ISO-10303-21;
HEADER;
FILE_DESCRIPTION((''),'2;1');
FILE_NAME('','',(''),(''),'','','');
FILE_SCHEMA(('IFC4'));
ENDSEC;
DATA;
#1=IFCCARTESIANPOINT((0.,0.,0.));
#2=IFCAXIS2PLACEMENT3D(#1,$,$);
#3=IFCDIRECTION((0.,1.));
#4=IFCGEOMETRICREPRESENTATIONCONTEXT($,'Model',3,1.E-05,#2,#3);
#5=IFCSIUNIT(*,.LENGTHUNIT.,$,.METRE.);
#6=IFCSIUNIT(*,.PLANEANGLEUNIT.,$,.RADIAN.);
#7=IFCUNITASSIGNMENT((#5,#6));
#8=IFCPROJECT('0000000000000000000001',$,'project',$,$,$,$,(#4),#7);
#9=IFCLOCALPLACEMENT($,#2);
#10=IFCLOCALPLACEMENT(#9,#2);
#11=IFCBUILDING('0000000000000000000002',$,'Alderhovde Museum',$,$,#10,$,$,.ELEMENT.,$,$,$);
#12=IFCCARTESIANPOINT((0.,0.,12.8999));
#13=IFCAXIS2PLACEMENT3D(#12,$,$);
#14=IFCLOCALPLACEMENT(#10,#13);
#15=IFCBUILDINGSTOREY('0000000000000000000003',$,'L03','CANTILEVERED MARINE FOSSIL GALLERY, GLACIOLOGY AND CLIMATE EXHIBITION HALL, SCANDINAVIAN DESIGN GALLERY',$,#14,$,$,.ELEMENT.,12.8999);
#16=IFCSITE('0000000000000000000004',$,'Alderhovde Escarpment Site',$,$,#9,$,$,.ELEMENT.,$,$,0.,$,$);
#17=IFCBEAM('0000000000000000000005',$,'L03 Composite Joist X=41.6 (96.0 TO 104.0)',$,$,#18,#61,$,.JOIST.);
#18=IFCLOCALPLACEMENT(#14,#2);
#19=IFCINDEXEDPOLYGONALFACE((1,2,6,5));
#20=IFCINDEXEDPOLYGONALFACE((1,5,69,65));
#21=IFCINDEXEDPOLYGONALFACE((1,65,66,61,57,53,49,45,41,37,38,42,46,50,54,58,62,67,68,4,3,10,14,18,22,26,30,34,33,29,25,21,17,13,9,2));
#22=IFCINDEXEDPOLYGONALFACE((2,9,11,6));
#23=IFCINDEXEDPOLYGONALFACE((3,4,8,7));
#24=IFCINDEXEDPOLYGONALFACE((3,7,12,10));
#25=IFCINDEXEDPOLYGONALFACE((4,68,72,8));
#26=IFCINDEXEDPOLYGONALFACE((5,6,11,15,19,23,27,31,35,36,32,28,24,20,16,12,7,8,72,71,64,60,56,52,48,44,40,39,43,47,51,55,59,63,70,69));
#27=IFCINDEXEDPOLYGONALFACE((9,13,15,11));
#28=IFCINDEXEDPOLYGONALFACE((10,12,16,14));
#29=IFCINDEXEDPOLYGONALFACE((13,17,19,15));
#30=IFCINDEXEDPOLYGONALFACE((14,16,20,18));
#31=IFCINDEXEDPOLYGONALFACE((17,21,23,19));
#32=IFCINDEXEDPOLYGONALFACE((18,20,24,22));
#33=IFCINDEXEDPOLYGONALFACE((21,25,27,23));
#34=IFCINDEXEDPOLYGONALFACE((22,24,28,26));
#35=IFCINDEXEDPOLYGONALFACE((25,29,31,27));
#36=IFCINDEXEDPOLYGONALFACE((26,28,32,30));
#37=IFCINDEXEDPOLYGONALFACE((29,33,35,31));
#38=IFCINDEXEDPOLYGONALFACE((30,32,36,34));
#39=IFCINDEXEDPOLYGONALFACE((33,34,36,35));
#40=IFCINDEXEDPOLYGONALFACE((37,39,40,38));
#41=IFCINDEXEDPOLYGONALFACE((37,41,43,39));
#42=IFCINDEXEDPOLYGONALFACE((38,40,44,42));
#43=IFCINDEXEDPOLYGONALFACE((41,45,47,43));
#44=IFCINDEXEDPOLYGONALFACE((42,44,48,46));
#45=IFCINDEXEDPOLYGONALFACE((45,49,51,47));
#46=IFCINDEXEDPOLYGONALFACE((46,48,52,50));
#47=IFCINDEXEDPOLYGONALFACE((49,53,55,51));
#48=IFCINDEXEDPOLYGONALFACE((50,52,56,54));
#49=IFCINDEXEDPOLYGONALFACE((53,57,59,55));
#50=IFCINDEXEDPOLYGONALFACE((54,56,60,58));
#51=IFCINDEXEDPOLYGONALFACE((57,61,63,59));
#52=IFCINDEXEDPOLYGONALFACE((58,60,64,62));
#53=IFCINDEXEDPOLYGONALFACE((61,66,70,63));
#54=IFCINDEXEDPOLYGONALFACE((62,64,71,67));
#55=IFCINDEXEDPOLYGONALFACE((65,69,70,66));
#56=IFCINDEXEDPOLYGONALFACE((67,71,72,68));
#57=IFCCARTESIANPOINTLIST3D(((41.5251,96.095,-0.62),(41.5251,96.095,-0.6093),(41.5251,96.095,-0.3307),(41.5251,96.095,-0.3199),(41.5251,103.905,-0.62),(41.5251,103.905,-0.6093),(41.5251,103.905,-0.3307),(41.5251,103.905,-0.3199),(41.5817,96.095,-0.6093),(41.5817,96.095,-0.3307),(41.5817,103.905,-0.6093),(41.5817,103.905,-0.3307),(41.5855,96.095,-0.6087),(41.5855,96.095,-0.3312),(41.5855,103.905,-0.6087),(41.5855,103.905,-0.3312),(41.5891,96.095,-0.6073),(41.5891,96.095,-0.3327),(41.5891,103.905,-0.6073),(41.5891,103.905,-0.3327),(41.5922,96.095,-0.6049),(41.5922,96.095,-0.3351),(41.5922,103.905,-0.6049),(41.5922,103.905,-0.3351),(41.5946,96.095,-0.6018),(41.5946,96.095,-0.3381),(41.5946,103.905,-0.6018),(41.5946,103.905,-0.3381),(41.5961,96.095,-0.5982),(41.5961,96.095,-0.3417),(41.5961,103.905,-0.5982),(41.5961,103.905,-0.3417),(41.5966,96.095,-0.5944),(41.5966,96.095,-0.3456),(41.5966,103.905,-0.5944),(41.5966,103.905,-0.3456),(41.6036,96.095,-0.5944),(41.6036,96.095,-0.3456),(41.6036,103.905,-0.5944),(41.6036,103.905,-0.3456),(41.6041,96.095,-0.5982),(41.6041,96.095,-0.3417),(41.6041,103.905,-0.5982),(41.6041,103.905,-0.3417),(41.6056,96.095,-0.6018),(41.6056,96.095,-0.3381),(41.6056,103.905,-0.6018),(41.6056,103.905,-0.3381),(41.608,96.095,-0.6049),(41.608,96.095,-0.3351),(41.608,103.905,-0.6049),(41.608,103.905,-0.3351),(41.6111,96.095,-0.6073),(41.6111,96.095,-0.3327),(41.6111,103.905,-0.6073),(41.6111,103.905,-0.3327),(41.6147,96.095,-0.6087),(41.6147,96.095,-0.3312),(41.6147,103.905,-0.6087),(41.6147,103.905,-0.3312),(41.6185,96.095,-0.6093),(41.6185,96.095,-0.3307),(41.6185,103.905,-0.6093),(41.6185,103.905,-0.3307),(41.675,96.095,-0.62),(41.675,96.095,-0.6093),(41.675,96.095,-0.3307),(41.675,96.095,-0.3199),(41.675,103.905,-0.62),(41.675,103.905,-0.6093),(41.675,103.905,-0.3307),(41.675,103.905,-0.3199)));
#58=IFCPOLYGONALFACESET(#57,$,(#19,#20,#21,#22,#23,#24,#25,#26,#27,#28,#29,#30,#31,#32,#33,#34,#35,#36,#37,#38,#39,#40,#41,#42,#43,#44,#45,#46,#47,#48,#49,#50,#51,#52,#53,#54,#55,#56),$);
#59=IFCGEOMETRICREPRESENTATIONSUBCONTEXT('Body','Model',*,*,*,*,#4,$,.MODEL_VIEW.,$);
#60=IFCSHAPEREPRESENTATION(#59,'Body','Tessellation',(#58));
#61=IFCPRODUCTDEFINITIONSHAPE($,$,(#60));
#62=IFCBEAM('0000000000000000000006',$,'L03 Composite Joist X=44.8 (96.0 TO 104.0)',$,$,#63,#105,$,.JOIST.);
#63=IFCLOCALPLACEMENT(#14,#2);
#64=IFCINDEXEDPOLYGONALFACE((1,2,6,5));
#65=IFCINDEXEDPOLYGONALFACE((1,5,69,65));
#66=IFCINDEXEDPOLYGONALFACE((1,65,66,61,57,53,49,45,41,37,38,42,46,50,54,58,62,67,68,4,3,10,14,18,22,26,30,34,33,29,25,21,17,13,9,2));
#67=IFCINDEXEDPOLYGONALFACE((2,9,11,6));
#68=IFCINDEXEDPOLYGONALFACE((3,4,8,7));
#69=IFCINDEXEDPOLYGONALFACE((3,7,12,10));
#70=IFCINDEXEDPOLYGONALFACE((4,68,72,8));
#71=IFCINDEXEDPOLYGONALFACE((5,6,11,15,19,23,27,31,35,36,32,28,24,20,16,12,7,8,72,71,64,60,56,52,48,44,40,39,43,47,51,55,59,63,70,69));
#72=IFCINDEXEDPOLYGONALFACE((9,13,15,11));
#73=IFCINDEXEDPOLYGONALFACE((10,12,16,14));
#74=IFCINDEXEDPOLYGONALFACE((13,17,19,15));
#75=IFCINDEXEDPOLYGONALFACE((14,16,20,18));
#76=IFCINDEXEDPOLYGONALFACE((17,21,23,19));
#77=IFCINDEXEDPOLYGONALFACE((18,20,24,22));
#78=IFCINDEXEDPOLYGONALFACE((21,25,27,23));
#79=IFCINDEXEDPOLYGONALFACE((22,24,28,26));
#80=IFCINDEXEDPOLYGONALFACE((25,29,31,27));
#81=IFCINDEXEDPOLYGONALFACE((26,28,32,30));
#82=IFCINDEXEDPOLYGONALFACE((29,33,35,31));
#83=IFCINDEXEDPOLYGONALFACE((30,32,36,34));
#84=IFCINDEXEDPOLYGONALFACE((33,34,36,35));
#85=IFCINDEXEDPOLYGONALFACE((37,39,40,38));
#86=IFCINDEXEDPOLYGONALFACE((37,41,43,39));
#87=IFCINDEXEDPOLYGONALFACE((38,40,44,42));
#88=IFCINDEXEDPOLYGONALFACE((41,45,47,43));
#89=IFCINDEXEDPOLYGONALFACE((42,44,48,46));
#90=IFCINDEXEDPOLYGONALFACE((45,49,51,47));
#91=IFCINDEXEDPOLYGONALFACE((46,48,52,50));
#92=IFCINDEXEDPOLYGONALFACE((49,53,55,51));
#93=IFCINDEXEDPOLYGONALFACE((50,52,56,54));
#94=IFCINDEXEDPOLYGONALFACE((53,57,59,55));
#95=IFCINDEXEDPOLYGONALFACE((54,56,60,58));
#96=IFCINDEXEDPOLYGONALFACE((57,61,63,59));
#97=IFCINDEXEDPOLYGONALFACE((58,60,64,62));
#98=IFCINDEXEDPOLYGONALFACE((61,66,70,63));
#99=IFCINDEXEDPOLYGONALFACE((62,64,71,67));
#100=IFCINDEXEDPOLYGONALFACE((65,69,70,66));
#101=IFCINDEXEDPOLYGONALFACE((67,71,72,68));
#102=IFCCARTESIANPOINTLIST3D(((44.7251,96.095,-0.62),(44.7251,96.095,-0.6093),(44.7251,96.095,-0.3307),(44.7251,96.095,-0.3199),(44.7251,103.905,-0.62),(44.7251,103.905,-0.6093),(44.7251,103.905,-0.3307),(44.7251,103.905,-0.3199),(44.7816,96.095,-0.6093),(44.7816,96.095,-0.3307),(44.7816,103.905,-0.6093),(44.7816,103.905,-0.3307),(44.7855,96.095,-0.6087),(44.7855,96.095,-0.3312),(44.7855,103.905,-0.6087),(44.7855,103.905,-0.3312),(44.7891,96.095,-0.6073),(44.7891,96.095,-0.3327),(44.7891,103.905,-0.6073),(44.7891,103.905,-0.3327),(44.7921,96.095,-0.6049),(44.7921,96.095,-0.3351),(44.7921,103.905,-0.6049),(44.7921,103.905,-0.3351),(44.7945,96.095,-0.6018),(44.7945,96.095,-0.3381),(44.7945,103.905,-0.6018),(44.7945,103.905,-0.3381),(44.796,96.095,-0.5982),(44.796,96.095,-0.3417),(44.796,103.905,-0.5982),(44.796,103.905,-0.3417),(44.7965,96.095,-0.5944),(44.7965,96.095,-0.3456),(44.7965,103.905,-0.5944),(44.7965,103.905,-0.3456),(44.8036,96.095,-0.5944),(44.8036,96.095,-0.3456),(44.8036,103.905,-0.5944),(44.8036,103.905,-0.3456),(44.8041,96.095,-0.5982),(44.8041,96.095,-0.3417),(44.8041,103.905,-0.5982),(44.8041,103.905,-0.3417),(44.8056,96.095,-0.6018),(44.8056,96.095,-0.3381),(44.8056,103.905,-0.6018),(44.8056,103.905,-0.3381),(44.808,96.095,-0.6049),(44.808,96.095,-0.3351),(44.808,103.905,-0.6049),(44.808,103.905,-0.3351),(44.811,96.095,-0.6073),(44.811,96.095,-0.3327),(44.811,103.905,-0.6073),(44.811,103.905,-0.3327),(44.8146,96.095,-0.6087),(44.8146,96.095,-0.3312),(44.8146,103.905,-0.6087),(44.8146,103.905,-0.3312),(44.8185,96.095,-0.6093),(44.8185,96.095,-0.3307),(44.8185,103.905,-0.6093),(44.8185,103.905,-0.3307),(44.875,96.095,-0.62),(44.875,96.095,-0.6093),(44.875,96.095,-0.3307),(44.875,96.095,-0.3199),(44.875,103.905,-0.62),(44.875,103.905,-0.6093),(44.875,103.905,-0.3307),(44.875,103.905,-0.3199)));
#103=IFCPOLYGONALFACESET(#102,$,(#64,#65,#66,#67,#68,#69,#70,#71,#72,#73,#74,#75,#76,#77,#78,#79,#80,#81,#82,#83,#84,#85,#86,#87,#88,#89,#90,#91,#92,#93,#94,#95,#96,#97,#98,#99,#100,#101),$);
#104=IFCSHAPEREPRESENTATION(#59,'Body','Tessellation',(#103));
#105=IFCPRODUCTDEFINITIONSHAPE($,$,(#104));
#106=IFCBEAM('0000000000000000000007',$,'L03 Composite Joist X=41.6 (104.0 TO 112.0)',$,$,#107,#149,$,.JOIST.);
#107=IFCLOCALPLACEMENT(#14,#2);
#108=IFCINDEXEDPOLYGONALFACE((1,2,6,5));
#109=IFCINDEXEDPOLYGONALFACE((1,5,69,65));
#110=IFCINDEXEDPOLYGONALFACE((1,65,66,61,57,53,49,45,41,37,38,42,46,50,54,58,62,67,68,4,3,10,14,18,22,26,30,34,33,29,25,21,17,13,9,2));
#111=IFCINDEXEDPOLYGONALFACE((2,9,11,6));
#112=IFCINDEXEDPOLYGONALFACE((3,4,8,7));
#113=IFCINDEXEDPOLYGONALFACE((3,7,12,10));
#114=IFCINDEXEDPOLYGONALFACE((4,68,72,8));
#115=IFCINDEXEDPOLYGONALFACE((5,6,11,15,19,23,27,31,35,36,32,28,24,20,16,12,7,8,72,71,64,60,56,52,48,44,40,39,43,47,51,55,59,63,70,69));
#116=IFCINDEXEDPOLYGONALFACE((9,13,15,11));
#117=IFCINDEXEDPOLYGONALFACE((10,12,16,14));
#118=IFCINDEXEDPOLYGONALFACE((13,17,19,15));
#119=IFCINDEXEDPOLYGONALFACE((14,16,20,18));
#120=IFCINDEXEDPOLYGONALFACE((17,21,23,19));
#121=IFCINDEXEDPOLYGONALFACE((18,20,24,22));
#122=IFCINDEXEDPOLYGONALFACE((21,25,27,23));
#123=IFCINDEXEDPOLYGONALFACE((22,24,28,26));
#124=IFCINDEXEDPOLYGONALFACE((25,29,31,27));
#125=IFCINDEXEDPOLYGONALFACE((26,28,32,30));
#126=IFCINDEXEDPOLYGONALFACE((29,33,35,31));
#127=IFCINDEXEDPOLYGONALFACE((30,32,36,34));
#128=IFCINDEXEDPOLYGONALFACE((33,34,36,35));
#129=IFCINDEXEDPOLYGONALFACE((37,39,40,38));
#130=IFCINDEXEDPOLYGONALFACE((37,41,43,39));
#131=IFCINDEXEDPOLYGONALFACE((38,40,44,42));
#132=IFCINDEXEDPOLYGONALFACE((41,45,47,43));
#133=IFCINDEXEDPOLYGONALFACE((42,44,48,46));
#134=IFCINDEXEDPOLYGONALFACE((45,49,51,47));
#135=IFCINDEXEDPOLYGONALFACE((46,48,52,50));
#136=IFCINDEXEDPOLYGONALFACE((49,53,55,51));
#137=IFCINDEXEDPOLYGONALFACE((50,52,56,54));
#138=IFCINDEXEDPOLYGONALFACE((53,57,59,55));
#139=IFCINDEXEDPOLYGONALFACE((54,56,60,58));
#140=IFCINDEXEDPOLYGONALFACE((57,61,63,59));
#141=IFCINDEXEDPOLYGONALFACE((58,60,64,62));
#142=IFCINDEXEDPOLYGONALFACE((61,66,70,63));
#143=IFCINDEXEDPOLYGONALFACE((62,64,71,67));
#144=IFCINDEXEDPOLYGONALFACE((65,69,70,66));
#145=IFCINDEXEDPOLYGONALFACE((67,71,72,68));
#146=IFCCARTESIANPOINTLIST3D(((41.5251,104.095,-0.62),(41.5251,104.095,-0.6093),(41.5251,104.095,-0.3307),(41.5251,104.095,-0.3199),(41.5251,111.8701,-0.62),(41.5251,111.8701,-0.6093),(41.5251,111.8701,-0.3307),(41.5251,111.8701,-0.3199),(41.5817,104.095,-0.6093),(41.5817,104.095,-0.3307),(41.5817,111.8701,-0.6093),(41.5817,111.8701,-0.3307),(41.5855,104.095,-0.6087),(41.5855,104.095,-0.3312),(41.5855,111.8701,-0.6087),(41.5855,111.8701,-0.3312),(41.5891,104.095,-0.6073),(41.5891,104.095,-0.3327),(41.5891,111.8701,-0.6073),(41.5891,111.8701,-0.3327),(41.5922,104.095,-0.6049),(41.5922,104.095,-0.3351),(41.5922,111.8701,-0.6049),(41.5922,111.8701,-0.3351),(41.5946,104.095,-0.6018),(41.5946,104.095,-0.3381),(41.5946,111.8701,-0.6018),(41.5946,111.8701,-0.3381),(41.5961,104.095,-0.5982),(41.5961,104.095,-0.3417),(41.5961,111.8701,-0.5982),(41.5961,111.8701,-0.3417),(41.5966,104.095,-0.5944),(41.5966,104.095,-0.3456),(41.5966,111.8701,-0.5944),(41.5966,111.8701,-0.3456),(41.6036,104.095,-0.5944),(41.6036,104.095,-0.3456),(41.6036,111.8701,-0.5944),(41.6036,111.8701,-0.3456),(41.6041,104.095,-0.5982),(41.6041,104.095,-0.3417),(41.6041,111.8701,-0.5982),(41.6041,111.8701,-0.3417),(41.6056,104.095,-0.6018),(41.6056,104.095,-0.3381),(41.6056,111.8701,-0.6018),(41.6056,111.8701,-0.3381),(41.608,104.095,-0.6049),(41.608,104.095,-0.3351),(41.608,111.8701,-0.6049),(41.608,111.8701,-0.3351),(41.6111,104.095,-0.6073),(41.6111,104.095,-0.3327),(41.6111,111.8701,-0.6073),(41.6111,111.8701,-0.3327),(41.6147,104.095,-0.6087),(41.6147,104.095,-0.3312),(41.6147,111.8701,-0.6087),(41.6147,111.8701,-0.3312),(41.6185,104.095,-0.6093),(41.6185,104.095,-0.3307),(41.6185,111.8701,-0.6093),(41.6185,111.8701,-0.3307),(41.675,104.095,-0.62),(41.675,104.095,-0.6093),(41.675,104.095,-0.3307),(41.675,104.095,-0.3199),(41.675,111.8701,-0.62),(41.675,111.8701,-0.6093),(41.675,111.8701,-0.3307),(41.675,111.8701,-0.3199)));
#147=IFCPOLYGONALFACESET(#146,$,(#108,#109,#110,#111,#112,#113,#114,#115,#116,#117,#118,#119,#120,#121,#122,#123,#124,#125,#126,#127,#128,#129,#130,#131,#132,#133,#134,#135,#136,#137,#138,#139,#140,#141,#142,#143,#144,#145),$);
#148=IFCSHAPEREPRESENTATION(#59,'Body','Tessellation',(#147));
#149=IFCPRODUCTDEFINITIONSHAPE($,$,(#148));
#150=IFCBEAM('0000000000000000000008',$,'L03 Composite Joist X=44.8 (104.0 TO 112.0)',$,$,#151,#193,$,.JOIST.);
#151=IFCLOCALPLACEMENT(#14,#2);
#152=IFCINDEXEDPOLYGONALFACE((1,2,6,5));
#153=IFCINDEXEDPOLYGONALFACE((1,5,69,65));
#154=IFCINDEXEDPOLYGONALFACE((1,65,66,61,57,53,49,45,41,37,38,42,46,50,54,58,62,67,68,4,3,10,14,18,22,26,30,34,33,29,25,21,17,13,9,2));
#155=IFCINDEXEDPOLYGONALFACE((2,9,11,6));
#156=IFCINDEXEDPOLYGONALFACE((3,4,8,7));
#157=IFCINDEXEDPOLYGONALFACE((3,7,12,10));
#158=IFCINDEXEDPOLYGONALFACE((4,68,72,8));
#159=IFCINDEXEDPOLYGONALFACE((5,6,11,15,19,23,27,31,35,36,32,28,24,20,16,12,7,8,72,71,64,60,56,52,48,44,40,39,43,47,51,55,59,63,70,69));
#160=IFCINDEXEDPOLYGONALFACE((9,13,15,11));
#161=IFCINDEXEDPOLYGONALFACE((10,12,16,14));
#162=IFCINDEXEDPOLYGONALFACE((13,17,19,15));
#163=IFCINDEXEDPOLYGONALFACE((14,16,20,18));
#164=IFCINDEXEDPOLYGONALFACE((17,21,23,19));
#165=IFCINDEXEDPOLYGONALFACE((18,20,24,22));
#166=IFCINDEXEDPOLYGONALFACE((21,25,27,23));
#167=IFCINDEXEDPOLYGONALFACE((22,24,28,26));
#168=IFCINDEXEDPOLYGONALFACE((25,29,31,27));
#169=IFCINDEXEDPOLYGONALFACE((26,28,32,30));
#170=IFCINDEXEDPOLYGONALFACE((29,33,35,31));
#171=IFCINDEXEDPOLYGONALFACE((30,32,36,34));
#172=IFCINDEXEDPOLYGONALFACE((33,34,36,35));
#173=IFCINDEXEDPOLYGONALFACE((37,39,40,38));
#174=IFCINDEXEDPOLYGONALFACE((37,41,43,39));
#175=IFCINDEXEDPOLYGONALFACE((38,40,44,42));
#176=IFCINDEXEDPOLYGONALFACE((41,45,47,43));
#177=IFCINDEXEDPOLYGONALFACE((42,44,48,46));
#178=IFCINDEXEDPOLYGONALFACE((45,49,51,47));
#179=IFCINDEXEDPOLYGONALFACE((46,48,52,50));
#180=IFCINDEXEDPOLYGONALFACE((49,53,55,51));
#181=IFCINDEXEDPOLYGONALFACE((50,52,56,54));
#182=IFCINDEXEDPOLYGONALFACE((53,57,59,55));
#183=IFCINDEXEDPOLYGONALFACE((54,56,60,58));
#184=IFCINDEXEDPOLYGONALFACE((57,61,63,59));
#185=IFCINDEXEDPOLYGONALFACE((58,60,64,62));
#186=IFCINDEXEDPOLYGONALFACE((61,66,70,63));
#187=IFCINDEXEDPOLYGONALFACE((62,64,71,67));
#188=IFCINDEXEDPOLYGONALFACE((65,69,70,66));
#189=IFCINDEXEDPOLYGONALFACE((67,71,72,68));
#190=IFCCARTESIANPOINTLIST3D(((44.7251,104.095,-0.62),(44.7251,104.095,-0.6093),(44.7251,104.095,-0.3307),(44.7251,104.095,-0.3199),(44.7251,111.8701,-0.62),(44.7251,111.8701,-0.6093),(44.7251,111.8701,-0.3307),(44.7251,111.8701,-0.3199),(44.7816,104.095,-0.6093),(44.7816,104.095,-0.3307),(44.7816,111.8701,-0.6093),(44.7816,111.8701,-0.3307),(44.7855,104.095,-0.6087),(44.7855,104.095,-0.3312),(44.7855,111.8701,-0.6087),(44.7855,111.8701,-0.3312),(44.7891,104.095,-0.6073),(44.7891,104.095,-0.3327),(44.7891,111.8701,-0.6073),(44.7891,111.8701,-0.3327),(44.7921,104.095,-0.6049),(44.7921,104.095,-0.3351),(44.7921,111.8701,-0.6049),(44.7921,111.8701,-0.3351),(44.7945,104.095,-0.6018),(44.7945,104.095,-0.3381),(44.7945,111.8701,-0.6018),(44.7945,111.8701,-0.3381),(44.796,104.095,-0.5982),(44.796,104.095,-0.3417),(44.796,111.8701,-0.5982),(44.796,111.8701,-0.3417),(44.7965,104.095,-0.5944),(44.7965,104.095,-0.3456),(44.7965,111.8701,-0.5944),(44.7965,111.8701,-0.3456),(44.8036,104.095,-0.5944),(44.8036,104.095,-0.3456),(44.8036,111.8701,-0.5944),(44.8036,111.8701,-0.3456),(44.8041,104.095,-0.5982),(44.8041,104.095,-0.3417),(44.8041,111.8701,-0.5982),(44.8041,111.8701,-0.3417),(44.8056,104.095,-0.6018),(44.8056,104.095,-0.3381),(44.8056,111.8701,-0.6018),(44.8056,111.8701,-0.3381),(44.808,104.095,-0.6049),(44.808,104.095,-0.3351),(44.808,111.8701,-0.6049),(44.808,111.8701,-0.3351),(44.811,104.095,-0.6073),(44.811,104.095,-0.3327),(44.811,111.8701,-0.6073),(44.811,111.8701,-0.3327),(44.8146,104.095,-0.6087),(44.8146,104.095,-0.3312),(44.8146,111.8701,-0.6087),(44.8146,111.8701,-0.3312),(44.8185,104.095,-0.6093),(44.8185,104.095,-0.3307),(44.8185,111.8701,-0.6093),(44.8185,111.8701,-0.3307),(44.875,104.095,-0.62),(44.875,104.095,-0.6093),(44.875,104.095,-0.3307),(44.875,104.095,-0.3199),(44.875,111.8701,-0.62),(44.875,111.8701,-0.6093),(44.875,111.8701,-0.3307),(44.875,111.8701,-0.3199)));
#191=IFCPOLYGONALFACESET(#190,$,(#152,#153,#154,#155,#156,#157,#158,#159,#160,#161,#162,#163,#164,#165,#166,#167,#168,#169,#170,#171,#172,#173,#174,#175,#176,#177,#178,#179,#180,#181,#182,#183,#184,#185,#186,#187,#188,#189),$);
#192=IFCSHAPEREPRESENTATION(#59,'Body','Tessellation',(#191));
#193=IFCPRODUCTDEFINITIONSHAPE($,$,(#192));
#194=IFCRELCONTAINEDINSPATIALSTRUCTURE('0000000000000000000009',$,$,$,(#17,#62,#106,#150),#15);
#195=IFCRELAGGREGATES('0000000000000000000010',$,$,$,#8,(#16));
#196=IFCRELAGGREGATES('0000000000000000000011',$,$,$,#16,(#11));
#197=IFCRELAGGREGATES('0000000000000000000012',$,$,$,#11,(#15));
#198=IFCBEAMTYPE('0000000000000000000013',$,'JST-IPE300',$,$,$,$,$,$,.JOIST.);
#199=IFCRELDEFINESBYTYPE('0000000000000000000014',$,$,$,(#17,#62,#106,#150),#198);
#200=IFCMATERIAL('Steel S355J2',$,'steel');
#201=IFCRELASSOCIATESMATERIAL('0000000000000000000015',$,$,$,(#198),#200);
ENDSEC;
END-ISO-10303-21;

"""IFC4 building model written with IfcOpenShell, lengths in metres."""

from ifc_helpers import new_model, si_unit, direction, frame, origin, origin_2d, place, context, subcontext, project, spatial, i_section, extrude, material, material_profile, profile_set, type_object, element, save


model = new_model("IFC4")

# Units and contexts
model_context = context("Model", 3, precision=1e-05, world=origin(), true_north=direction((0.0, 1.0)))
body_context = subcontext(model_context, "Body", "Model", "MODEL_VIEW")
ifc_project = project(units=[si_unit("LENGTHUNIT", "METRE"), si_unit("PLANEANGLEUNIT", "RADIAN")], contexts=[model_context])

# Site, building, storey
site_placement = place(None, origin())
site = spatial("IfcSite", under=ifc_project, at=site_placement, Name="Alderhovde Escarpment Site", CompositionType="ELEMENT", RefElevation=0.0)
building_placement = place(site_placement, origin())
building = spatial("IfcBuilding", under=site, at=building_placement, Name="Alderhovde Museum", CompositionType="ELEMENT")
storey_placement = place(building_placement, frame((0.0, 0.0, 12.8999)))
storey = spatial("IfcBuildingStorey", under=building, at=storey_placement, Name="L03", Description="CANTILEVERED MARINE FOSSIL GALLERY, GLACIOLOGY AND CLIMATE EXHIBITION HALL, SCANDINAVIAN DESIGN GALLERY", CompositionType="ELEMENT", Elevation=12.8999)

# Beams
ifc_material_1 = material(Name="Steel S355J2", Category="steel")
ifc_material_profile_1 = material_profile(ifc_material_1, i_section(OverallWidth=0.1499, OverallDepth=0.3, WebThickness=0.0071, FlangeThickness=0.0107, FilletRadius=0.0149, at=origin_2d()), Name="IPE 300")
ifc_profile_set_1 = profile_set([ifc_material_profile_1], Name="Steel S355J2")
beam_type_1 = type_object("IfcBeamType", Name="JST-IPE300", PredefinedType="JOIST", material=ifc_profile_set_1)
for number, where, z_axis, x_axis, name in (
    (1, (41.6001, 96.095, -0.47), (0.0, 1.0, 0.0), (-1.0, 0.0, 0.0), "L03 Composite Joist X=41.6 (96.0 TO 104.0)"),
    (2, (44.8, 96.095, -0.47), (0.0, 1.0, 0.0), (-1.0, 0.0, 0.0), "L03 Composite Joist X=44.8 (96.0 TO 104.0)"),
):
    element("IfcBeam", number, at=place(storey_placement, frame(where, z_axis=z_axis, x_axis=x_axis)), inside=storey, type_object=beam_type_1, Name=name, PredefinedType="JOIST", context=body_context, shape_type="SweptSolid", body=[
        extrude(i_section(OverallWidth=0.1499, OverallDepth=0.3, WebThickness=0.0071, FlangeThickness=0.0107, FilletRadius=0.0149, at=origin_2d()), origin(), (0.0, 0.0, 1.0), 7.8101),
    ])
for number, where, z_axis, x_axis, name in (
    (3, (41.6001, 104.095, -0.47), (0.0, 1.0, 0.0), (-1.0, 0.0, 0.0), "L03 Composite Joist X=41.6 (104.0 TO 112.0)"),
    (4, (44.8, 104.095, -0.47), (0.0, 1.0, 0.0), (-1.0, 0.0, 0.0), "L03 Composite Joist X=44.8 (104.0 TO 112.0)"),
):
    element("IfcBeam", number, at=place(storey_placement, frame(where, z_axis=z_axis, x_axis=x_axis)), inside=storey, type_object=beam_type_1, Name=name, PredefinedType="JOIST", context=body_context, shape_type="SweptSolid", body=[
        extrude(i_section(OverallWidth=0.1499, OverallDepth=0.3, WebThickness=0.0071, FlangeThickness=0.0107, FilletRadius=0.0149, at=origin_2d()), origin(), (0.0, 0.0, 1.0), 7.7751),
    ])

save(model, "model.ifc")
